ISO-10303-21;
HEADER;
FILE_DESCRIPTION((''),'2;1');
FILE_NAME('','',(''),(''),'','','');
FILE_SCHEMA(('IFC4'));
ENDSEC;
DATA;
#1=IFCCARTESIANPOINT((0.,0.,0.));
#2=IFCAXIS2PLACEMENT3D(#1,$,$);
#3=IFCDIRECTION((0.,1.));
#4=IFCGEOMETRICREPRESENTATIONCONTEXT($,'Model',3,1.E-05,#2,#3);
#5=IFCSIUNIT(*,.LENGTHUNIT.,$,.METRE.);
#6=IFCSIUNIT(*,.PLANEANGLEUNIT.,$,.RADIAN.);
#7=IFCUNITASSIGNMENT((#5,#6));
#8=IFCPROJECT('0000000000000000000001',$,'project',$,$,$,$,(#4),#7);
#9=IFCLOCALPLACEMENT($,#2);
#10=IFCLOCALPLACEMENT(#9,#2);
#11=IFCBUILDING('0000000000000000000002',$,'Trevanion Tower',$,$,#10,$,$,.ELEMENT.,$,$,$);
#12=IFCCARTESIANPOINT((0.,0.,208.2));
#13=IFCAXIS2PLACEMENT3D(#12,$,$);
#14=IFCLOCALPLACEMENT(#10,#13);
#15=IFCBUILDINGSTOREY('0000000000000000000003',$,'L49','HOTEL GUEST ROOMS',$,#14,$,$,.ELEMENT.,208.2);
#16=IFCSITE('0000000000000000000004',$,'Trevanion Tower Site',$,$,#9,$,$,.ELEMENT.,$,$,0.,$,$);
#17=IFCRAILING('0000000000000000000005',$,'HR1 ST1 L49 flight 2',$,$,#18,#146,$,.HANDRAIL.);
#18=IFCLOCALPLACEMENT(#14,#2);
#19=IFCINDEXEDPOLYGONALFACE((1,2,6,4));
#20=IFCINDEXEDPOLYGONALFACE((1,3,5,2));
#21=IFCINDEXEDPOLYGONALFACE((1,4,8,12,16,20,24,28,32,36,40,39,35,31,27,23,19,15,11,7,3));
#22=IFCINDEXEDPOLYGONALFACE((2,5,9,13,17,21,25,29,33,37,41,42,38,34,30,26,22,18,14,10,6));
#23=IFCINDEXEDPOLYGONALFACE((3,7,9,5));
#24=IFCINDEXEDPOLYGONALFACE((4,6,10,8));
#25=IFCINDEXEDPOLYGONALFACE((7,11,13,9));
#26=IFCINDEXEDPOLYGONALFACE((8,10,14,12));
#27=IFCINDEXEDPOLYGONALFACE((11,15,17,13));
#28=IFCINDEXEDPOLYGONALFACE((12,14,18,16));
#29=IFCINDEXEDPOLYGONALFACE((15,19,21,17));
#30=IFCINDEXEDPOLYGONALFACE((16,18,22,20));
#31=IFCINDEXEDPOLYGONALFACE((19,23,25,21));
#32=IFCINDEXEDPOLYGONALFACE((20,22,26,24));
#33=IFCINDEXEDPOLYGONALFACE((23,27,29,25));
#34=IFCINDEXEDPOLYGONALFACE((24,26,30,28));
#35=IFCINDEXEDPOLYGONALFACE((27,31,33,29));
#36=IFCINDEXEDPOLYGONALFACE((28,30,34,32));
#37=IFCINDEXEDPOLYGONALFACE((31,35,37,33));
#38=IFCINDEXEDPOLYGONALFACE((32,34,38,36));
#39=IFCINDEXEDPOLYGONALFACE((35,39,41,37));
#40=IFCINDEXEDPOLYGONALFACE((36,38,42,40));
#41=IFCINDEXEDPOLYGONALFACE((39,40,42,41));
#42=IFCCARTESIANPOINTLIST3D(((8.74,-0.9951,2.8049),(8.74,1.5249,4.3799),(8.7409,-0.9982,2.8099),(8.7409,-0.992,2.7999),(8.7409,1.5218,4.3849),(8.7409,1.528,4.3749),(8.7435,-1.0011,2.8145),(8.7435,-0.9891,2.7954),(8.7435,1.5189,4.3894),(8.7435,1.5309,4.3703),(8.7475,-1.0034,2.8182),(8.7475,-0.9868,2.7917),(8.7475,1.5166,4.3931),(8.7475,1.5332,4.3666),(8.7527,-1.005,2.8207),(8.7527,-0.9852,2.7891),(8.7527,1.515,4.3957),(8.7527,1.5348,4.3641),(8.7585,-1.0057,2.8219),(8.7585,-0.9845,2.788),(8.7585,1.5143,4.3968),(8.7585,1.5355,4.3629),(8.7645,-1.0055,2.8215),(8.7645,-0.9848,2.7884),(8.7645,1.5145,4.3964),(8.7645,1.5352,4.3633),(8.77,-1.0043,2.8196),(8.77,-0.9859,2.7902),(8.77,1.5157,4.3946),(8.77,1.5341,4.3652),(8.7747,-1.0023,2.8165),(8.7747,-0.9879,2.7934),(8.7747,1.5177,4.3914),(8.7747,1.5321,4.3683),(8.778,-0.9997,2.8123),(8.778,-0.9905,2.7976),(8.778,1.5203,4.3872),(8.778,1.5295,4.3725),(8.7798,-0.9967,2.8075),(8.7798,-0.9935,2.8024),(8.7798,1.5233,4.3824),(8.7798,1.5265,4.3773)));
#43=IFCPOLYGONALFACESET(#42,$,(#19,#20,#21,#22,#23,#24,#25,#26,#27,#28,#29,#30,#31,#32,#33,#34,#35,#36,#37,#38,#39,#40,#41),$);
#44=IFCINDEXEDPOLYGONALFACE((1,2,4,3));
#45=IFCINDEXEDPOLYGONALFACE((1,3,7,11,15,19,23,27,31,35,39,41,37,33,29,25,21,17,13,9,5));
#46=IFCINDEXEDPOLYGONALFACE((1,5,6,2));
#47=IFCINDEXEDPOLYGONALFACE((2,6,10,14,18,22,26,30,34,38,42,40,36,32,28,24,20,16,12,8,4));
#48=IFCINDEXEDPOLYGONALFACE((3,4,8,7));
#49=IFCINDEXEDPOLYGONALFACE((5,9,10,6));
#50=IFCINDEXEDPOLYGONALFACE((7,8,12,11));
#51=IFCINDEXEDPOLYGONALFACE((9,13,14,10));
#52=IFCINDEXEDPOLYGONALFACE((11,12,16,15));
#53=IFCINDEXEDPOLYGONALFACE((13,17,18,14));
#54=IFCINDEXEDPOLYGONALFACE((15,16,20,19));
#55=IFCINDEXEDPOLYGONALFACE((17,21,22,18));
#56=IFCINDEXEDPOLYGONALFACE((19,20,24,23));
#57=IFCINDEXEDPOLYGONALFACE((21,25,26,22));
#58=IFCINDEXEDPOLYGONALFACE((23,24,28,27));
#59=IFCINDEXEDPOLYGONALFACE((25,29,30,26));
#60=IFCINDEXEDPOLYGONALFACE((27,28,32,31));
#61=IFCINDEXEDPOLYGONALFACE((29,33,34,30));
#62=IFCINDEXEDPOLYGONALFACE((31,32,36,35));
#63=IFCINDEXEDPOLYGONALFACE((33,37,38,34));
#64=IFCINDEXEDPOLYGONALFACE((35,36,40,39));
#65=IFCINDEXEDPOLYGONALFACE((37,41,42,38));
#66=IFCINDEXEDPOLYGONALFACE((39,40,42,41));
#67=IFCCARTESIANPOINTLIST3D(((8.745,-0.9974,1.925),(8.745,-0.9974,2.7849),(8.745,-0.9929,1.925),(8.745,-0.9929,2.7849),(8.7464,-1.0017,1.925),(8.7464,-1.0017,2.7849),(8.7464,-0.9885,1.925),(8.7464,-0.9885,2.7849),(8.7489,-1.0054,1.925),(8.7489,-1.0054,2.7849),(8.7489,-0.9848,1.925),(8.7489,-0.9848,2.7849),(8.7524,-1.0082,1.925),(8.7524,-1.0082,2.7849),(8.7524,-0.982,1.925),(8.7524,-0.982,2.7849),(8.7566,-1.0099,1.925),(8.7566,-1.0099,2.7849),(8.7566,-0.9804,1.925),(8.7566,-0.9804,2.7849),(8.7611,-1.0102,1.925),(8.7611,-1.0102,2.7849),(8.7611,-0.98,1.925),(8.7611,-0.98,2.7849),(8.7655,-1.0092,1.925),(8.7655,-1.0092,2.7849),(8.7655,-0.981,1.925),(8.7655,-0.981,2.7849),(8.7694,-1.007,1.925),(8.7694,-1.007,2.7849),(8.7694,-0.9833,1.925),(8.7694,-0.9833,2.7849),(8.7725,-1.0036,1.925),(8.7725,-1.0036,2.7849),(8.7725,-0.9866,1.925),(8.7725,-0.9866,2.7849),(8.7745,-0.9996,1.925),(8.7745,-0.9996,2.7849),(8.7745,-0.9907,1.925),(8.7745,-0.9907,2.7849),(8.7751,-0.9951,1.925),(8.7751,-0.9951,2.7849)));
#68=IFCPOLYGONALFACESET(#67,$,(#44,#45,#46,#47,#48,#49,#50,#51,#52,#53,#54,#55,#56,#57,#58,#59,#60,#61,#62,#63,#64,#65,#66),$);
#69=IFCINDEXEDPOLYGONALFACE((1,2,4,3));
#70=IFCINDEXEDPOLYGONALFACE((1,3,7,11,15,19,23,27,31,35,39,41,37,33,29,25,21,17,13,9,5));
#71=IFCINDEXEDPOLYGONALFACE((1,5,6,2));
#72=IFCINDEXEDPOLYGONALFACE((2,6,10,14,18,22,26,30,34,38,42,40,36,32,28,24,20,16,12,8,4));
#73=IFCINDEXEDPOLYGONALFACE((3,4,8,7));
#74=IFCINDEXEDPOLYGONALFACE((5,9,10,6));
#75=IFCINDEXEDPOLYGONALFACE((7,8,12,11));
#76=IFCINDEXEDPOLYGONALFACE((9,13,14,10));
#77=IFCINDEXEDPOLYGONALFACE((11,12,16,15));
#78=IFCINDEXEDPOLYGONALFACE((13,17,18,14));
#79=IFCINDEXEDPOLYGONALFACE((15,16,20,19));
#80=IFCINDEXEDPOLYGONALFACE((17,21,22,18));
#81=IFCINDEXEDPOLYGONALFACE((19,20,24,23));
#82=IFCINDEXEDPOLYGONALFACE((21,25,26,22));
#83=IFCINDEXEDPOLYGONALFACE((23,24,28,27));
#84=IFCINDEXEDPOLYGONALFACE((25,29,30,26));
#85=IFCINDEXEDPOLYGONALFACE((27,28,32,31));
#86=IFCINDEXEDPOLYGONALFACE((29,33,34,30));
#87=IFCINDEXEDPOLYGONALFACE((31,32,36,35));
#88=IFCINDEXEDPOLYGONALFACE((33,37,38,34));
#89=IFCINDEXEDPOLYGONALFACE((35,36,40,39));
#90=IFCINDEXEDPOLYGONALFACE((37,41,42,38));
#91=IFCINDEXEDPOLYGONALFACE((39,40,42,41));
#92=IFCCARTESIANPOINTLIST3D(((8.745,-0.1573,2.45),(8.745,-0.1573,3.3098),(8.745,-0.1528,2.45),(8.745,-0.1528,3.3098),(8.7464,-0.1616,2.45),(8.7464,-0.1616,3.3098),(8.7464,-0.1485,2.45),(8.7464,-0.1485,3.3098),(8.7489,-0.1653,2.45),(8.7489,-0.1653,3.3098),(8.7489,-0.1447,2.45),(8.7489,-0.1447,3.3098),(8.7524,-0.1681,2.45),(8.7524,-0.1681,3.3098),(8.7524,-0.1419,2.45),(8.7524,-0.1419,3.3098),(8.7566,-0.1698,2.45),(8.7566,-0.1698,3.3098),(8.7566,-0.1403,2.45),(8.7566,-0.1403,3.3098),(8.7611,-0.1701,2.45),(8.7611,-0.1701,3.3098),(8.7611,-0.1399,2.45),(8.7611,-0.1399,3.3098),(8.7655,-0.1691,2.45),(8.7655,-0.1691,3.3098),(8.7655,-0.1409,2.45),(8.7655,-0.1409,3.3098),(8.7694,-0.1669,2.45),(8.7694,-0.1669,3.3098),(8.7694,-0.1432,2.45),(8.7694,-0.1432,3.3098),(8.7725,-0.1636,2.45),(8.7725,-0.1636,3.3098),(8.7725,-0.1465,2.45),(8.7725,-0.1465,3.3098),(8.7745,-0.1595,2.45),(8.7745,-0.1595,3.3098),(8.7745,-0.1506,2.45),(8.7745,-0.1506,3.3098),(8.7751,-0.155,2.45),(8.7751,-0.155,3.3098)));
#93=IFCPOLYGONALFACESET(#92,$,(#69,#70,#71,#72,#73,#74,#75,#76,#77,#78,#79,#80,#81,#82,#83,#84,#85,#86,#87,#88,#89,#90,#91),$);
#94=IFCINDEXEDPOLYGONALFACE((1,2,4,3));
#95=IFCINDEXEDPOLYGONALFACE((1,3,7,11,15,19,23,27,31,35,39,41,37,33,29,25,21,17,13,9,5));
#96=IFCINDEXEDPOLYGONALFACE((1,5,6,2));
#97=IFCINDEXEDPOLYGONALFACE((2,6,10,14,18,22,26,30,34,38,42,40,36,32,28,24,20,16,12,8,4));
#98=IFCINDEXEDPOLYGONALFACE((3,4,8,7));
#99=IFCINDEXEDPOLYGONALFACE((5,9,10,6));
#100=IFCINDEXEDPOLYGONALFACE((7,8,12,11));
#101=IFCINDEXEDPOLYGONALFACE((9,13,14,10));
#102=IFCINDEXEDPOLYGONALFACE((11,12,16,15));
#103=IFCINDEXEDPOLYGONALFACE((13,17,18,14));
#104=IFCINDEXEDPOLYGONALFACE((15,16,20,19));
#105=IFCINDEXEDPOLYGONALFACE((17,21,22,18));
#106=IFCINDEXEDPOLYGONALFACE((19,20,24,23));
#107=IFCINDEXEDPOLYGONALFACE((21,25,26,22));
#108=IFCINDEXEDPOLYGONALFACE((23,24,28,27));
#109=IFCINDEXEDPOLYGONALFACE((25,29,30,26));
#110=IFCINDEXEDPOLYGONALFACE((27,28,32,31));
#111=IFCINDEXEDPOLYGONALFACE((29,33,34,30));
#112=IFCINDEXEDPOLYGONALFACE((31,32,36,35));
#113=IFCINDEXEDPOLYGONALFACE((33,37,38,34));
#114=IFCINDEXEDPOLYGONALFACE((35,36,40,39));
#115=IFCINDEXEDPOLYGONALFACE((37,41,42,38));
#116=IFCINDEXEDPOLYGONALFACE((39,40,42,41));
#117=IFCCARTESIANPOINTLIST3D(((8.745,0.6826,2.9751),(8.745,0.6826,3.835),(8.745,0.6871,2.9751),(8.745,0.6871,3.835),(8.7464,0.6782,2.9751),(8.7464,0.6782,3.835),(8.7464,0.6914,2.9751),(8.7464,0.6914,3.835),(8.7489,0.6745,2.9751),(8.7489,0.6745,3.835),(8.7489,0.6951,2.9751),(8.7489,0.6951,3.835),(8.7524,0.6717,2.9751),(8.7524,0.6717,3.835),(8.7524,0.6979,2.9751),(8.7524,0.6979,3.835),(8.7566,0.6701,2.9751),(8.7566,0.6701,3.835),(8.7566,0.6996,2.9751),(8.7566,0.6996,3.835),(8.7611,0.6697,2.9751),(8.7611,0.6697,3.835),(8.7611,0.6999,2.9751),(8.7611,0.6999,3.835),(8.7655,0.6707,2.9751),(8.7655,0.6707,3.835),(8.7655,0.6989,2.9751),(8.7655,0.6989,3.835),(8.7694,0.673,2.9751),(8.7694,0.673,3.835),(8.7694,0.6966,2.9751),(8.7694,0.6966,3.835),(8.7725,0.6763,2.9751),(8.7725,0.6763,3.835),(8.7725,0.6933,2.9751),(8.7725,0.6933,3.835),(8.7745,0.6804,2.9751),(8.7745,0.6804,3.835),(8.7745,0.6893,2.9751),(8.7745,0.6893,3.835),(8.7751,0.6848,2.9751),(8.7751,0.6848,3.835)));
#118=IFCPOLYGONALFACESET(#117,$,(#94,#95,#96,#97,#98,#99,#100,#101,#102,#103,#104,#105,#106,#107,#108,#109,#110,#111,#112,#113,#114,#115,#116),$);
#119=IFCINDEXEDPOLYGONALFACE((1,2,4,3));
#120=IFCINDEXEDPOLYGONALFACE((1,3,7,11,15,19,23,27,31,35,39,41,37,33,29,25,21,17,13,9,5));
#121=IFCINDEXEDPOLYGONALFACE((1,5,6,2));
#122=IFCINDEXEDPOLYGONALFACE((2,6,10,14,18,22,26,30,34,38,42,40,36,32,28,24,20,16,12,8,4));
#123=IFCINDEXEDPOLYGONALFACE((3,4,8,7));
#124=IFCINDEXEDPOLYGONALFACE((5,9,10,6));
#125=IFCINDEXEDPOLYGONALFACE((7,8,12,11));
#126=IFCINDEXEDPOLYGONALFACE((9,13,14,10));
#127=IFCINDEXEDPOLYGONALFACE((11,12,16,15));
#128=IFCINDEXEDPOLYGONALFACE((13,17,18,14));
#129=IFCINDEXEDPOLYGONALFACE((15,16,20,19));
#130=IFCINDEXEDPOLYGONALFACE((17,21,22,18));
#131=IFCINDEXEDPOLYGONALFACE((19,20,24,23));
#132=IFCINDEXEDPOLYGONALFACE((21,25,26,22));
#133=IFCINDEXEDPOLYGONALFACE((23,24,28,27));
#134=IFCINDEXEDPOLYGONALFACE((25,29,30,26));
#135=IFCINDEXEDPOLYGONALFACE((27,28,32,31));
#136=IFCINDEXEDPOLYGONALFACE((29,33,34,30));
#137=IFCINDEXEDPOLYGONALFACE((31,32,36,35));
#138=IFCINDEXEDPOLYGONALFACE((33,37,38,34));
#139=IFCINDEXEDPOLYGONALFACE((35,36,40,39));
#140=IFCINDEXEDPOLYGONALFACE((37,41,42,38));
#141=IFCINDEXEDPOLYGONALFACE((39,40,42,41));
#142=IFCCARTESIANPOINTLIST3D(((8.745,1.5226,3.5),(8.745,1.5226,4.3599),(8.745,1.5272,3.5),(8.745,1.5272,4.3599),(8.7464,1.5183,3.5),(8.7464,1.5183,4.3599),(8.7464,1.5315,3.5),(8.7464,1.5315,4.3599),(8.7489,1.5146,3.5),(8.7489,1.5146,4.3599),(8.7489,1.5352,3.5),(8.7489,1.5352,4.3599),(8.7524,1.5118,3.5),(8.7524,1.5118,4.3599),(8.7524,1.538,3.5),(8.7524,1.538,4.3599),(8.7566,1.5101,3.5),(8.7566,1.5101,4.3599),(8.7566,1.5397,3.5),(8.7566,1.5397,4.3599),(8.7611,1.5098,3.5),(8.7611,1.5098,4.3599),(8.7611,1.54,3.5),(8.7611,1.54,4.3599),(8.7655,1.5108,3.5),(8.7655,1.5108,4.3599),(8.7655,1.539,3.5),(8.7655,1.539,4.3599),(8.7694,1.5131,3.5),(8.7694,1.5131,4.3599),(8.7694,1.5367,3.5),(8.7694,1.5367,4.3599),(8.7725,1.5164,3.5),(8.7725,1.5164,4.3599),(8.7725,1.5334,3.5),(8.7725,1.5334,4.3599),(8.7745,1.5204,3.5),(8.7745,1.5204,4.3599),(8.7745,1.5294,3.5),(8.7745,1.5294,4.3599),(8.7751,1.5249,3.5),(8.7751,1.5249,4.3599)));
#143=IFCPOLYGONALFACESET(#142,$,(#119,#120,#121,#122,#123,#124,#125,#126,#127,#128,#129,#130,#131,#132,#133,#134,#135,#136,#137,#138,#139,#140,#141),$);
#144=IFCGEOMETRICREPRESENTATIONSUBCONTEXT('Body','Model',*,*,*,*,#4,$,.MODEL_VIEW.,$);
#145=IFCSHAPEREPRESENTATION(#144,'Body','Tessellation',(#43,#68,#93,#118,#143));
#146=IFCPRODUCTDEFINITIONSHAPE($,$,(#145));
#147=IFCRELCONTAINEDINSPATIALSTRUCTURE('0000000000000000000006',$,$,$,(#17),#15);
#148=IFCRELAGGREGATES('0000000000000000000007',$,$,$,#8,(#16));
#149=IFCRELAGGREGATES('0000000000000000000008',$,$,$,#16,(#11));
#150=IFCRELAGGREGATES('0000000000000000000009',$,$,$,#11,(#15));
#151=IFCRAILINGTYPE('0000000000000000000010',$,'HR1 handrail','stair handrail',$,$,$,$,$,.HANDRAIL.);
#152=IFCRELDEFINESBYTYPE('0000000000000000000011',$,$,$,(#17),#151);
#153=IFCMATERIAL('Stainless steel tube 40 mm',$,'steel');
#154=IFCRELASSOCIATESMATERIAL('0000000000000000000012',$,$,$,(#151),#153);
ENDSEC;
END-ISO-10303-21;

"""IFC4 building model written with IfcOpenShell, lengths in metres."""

from ifc_helpers import new_model, si_unit, direction, frame, origin, origin_2d, place, context, subcontext, project, spatial, circle, extrude, material, type_object, element, save


model = new_model("IFC4")

# Units and contexts
model_context = context("Model", 3, precision=1e-05, world=origin(), true_north=direction((0.0, 1.0)))
body_context = subcontext(model_context, "Body", "Model", "MODEL_VIEW")
ifc_project = project(units=[si_unit("LENGTHUNIT", "METRE"), si_unit("PLANEANGLEUNIT", "RADIAN")], contexts=[model_context])

# Site, building, storey
site_placement = place(None, origin())
site = spatial("IfcSite", under=ifc_project, at=site_placement, Name="Trevanion Tower Site", CompositionType="ELEMENT", RefElevation=0.0)
building_placement = place(site_placement, origin())
building = spatial("IfcBuilding", under=site, at=building_placement, Name="Trevanion Tower", CompositionType="ELEMENT")
storey_placement = place(building_placement, frame((0.0, 0.0, 208.2)))
storey = spatial("IfcBuildingStorey", under=building, at=storey_placement, Name="L49", Description="HOTEL GUEST ROOMS", CompositionType="ELEMENT", Elevation=208.2)

# Railing
ifc_material_1 = material(Name="Stainless steel tube 40 mm", Category="steel")
railing_type = type_object("IfcRailingType", Name="HR1 handrail", Description="stair handrail", PredefinedType="HANDRAIL", material=ifc_material_1)
for number, where, name in (
    (1, (8.76, -0.9951, 1.925), "HR1 ST1 L49 flight 2"),
):
    element("IfcRailing", number, at=place(storey_placement, frame(where)), inside=storey, type_object=railing_type, Name=name, PredefinedType="HANDRAIL", context=body_context, shape_type="SweptSolid", body=[
        extrude(circle(Radius=0.02, at=origin_2d()), frame((0.0, 0.0, 0.8799), z_axis=(0.0, 0.848008, 0.529984), x_axis=(-1.0, 0.0, 0.0)), (0.0, 0.0, 1.0), 2.9717),
        extrude(circle(Radius=0.0151, at=origin_2d()), origin(), (0.0, 0.0, 1.0), 0.8599),
        extrude(circle(Radius=0.0151, at=origin_2d()), frame((0.0, 0.8401, 0.5249)), (0.0, 0.0, 1.0), 0.8599),
        extrude(circle(Radius=0.0151, at=origin_2d()), frame((0.0, 1.6799, 1.05)), (0.0, 0.0, 1.0), 0.8599),
        extrude(circle(Radius=0.0151, at=origin_2d()), frame((0.0, 2.52, 1.575)), (0.0, 0.0, 1.0), 0.8599),
    ])

save(model, "model.ifc")
